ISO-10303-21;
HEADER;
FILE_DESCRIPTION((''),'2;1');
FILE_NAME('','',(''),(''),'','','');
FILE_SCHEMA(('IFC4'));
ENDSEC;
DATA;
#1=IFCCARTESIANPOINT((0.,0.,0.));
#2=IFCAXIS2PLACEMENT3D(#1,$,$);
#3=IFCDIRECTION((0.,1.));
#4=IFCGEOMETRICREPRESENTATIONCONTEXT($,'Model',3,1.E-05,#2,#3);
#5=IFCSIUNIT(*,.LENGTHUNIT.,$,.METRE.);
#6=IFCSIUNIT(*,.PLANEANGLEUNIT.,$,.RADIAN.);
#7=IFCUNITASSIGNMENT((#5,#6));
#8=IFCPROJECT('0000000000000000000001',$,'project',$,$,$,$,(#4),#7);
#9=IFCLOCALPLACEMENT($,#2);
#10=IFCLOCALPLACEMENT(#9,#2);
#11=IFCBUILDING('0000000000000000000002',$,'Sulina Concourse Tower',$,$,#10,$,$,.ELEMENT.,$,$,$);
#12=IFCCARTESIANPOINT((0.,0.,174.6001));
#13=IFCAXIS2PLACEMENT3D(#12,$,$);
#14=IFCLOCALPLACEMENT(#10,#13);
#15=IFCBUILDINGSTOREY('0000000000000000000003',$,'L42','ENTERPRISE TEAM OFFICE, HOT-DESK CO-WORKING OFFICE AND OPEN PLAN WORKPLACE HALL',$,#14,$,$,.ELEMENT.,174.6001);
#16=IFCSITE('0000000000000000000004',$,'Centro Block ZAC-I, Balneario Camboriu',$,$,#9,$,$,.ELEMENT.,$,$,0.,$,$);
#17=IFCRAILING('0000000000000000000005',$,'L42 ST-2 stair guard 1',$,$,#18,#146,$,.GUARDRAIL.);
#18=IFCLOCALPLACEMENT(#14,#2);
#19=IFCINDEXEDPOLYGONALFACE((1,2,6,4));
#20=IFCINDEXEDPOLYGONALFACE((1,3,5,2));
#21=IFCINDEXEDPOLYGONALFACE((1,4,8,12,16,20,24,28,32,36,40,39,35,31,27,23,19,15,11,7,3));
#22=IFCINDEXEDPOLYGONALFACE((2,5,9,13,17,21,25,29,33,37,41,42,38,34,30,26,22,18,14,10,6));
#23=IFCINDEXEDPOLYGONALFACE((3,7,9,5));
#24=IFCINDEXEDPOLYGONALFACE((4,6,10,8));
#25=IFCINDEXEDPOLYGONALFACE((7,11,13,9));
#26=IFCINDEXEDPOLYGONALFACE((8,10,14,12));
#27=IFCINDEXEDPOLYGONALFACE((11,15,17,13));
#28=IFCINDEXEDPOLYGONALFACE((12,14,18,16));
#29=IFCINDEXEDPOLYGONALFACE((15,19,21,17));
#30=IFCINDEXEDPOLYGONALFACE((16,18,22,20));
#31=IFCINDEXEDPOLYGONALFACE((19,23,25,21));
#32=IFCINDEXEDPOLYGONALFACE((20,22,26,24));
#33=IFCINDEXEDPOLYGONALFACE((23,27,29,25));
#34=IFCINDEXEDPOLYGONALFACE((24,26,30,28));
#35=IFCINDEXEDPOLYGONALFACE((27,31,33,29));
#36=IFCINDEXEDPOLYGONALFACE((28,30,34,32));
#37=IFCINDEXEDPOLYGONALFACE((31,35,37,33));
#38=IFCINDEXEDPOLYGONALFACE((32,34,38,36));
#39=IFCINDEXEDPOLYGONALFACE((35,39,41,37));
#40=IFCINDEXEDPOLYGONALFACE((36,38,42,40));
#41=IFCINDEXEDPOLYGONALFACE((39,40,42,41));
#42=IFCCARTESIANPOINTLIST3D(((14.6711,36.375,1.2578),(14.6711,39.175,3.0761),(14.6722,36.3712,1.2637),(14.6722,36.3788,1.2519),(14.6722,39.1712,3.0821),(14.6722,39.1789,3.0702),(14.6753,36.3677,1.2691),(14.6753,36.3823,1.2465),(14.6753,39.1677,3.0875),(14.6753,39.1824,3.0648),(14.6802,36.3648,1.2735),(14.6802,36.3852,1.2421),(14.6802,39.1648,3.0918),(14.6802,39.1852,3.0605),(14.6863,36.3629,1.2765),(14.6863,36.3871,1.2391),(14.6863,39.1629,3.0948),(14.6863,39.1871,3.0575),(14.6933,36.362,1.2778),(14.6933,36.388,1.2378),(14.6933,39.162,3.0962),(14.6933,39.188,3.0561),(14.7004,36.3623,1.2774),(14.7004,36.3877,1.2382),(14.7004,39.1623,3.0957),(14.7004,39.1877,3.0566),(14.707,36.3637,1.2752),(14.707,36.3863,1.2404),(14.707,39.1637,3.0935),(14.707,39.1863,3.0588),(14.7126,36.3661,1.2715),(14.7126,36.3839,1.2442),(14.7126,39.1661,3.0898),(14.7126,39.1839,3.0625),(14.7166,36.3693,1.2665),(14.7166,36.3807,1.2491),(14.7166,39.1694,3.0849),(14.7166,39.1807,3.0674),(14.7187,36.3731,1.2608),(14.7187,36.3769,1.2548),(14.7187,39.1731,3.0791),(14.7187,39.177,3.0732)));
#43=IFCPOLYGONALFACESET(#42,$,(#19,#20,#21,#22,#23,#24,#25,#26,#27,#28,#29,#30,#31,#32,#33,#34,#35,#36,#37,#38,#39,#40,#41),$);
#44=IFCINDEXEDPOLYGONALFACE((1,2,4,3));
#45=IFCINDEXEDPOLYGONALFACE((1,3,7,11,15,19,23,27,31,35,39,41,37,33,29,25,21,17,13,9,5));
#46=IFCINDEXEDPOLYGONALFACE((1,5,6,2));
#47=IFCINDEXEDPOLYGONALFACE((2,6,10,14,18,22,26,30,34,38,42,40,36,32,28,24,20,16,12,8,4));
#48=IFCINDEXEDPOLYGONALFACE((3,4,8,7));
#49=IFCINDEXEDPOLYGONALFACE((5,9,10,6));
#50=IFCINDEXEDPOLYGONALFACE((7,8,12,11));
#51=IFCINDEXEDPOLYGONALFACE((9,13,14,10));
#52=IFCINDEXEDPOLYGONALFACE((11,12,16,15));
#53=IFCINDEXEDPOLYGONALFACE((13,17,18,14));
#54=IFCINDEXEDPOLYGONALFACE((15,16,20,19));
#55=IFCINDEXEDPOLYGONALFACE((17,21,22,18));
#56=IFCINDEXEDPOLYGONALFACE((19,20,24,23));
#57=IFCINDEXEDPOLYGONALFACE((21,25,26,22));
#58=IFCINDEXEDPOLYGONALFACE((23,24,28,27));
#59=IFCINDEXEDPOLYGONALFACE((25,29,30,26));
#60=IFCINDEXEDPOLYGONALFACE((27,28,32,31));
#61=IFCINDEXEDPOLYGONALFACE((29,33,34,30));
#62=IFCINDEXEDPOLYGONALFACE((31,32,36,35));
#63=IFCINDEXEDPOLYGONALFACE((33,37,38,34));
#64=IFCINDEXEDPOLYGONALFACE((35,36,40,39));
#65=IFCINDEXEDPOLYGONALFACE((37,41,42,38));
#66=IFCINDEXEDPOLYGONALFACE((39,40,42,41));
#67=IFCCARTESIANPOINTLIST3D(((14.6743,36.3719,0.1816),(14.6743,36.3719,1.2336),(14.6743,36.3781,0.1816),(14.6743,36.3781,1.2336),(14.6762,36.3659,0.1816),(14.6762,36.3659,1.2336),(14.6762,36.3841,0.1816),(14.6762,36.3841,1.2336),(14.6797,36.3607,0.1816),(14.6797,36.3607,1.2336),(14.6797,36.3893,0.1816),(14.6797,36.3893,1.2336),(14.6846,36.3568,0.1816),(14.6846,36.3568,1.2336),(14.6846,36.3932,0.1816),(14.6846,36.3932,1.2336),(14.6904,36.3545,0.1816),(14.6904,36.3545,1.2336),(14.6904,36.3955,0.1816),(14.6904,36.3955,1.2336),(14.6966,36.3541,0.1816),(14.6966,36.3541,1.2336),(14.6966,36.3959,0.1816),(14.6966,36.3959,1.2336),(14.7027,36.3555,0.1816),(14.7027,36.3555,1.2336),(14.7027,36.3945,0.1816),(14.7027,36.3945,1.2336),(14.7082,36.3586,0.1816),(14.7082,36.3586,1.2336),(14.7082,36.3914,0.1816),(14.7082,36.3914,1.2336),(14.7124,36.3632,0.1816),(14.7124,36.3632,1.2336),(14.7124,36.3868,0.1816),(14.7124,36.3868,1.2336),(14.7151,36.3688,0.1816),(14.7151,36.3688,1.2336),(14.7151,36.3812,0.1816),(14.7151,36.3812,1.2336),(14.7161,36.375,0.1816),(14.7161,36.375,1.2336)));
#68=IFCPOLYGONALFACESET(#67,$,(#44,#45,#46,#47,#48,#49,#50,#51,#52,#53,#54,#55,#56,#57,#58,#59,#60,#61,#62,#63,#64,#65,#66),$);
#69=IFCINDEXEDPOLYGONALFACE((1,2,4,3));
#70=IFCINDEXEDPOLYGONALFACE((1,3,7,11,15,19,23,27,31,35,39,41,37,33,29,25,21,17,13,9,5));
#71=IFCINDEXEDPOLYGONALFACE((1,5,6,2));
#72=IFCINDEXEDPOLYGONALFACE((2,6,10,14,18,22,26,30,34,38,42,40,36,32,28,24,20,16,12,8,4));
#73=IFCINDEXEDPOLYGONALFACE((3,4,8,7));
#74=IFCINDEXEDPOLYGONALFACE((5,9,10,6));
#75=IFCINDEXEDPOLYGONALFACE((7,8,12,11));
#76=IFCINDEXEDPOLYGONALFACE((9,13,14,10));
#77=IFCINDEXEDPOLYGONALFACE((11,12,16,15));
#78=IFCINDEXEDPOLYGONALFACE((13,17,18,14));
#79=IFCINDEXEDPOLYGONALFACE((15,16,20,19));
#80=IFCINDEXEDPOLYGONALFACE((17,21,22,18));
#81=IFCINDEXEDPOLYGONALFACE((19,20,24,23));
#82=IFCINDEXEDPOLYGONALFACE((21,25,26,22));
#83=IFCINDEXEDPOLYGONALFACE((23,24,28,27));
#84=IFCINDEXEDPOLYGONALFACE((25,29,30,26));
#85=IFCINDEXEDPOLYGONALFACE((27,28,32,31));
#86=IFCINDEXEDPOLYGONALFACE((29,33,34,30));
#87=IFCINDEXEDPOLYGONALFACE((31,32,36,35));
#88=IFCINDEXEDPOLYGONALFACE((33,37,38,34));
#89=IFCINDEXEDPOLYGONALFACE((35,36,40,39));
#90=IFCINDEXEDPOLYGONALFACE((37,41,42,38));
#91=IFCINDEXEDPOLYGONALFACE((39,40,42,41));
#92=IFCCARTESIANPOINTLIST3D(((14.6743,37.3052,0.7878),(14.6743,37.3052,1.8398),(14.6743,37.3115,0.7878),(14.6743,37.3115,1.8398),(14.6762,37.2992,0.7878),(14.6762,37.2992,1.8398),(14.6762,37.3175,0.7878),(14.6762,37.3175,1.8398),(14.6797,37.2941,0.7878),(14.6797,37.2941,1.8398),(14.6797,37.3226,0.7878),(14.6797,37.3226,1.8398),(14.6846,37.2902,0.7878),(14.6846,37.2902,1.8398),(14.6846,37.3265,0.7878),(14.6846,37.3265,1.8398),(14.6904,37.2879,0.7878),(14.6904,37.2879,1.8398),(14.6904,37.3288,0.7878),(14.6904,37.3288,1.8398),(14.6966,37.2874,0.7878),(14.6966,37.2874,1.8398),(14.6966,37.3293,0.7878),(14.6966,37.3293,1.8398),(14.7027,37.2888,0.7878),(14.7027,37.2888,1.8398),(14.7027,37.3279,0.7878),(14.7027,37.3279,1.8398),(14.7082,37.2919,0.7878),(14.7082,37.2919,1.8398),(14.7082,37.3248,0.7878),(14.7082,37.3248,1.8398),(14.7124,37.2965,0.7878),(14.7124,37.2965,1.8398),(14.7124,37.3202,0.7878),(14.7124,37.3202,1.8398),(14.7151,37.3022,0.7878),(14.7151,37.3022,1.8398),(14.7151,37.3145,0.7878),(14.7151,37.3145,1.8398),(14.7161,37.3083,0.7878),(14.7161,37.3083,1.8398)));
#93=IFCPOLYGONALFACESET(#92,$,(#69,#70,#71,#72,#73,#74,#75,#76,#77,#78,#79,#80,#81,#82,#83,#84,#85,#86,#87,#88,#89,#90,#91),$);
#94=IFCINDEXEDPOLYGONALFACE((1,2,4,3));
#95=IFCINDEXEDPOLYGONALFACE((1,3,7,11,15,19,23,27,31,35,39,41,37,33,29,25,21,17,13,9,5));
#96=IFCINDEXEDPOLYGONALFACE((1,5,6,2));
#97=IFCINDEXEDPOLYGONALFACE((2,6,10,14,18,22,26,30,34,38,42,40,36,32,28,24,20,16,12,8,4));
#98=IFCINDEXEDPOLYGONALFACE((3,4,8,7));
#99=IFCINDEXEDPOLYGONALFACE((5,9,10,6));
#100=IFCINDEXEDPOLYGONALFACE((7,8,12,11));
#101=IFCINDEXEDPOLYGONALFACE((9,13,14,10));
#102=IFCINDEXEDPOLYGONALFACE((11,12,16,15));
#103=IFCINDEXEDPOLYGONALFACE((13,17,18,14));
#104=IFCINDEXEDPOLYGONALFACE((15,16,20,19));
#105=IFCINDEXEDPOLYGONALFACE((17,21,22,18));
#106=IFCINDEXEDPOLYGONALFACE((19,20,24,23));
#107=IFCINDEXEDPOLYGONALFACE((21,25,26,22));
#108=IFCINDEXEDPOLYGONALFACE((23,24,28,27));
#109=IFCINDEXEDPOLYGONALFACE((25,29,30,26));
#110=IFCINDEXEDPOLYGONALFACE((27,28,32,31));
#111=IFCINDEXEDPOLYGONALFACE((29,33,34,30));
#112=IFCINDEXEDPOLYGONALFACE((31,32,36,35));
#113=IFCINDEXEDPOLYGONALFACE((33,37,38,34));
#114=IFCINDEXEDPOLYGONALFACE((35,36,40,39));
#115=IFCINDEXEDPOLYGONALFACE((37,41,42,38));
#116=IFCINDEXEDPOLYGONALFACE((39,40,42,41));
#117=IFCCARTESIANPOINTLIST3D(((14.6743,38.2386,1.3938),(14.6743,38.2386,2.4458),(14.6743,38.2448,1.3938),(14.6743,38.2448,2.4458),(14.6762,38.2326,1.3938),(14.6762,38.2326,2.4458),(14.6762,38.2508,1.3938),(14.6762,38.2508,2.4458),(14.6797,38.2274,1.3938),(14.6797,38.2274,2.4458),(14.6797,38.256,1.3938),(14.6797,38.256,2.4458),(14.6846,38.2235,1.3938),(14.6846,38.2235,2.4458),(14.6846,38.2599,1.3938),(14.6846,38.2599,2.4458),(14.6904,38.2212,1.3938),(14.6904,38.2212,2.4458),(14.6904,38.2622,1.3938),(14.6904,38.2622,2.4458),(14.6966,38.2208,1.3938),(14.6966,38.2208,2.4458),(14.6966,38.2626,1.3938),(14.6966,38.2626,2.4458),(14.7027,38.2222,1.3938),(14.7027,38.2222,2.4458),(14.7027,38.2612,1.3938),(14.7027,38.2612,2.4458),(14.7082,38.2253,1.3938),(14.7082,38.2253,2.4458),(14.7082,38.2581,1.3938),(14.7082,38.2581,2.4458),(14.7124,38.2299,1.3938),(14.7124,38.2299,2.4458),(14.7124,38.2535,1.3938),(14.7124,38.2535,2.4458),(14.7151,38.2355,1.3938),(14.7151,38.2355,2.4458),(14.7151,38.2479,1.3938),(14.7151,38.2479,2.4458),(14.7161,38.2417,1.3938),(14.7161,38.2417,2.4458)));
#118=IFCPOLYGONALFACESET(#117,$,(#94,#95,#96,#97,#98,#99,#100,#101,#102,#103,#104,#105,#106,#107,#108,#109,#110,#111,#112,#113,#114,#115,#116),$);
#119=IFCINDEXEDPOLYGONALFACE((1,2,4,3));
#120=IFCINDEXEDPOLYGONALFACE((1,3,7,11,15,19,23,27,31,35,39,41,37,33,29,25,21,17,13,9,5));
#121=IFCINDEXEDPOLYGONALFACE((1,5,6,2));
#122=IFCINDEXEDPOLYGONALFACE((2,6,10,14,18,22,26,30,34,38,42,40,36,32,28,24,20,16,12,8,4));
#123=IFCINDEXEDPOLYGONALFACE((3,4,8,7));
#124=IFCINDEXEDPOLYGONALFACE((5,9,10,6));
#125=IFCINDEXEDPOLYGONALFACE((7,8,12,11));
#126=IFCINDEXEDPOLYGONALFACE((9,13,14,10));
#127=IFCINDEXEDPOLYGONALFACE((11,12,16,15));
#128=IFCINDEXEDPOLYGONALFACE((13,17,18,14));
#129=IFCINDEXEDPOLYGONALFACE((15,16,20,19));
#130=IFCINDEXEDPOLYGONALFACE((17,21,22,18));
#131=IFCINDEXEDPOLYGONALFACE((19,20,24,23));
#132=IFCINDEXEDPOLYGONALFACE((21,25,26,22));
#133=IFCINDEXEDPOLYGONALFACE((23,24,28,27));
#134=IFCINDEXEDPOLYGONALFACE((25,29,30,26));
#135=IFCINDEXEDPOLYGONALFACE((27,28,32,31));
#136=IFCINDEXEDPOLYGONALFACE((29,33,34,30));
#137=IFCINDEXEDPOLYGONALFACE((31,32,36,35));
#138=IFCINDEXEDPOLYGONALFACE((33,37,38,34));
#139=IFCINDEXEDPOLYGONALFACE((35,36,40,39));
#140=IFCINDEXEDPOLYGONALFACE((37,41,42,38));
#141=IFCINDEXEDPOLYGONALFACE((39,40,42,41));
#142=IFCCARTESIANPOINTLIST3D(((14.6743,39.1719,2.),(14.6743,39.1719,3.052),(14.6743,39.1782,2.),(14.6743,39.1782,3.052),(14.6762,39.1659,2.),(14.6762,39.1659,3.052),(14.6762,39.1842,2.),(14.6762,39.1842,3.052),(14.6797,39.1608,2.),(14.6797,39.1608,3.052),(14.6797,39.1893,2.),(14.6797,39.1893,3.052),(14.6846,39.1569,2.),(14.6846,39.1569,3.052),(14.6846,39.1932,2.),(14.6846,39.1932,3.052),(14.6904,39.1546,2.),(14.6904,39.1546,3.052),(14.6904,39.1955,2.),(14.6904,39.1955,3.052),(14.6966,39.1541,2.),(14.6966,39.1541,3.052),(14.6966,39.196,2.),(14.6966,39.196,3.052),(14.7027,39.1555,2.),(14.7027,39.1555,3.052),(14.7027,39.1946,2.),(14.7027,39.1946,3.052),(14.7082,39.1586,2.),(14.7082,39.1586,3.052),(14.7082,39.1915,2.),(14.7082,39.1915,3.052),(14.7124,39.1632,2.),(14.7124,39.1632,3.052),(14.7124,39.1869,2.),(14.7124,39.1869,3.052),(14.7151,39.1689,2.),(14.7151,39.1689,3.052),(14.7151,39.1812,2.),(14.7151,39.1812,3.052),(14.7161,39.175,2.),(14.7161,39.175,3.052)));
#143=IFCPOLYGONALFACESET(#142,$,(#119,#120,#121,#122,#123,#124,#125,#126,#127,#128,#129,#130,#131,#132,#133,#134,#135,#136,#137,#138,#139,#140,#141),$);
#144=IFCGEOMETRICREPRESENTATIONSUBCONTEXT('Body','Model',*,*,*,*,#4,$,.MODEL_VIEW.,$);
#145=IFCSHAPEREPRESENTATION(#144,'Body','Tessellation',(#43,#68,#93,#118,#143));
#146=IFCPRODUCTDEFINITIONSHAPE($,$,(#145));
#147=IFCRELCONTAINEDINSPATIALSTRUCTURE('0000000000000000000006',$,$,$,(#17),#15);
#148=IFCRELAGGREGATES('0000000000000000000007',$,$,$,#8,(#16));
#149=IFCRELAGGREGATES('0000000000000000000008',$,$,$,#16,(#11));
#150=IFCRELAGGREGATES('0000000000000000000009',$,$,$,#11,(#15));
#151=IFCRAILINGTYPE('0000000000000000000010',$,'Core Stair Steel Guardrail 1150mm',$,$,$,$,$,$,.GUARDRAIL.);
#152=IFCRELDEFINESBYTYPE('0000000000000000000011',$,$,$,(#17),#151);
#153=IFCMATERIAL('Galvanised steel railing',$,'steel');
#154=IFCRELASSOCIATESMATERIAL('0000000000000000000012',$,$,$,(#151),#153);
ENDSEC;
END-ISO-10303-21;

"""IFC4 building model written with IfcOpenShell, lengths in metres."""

from ifc_helpers import new_model, si_unit, direction, frame, origin, origin_2d, place, context, subcontext, project, spatial, circle, extrude, material, type_object, element, save


model = new_model("IFC4")

# Units and contexts
model_context = context("Model", 3, precision=1e-05, world=origin(), true_north=direction((0.0, 1.0)))
body_context = subcontext(model_context, "Body", "Model", "MODEL_VIEW")
ifc_project = project(units=[si_unit("LENGTHUNIT", "METRE"), si_unit("PLANEANGLEUNIT", "RADIAN")], contexts=[model_context])

# Site, building, storey
site_placement = place(None, origin())
site = spatial("IfcSite", under=ifc_project, at=site_placement, Name="Centro Block ZAC-I, Balneario Camboriu", CompositionType="ELEMENT", RefElevation=0.0)
building_placement = place(site_placement, origin())
building = spatial("IfcBuilding", under=site, at=building_placement, Name="Sulina Concourse Tower", CompositionType="ELEMENT")
storey_placement = place(building_placement, frame((0.0, 0.0, 174.6001)))
storey = spatial("IfcBuildingStorey", under=building, at=storey_placement, Name="L42", Description="ENTERPRISE TEAM OFFICE, HOT-DESK CO-WORKING OFFICE AND OPEN PLAN WORKPLACE HALL", CompositionType="ELEMENT", Elevation=174.6001)

# Railing
ifc_material_1 = material(Name="Galvanised steel railing", Category="steel")
railing_type_1 = type_object("IfcRailingType", Name="Core Stair Steel Guardrail 1150mm", PredefinedType="GUARDRAIL", material=ifc_material_1)
railing_1_placement = place(storey_placement, frame((14.6951, 36.375, 0.1816)))
element("IfcRailing", 1, at=railing_1_placement, inside=storey, type_object=railing_type_1, Name="L42 ST-2 stair guard 1", PredefinedType="GUARDRAIL", context=body_context, shape_type="SweptSolid", body=[
    extrude(circle(Radius=0.0239, at=origin_2d()), frame((0.0, 0.0, 1.0762), z_axis=(0.0, 0.838672, 0.544636), x_axis=(-1.0, 0.0, 0.0)), (0.0, 0.0, 1.0), 3.3386),
    extrude(circle(Radius=0.021, at=origin_2d()), origin(), (0.0, 0.0, 1.0), 1.052),
    extrude(circle(Radius=0.021, at=origin_2d()), frame((0.0, 0.9333, 0.6062)), (0.0, 0.0, 1.0), 1.052),
    extrude(circle(Radius=0.021, at=origin_2d()), frame((0.0, 1.8667, 1.2122)), (0.0, 0.0, 1.0), 1.052),
    extrude(circle(Radius=0.021, at=origin_2d()), frame((0.0, 2.8, 1.8184)), (0.0, 0.0, 1.0), 1.052),
])

save(model, "model.ifc")
